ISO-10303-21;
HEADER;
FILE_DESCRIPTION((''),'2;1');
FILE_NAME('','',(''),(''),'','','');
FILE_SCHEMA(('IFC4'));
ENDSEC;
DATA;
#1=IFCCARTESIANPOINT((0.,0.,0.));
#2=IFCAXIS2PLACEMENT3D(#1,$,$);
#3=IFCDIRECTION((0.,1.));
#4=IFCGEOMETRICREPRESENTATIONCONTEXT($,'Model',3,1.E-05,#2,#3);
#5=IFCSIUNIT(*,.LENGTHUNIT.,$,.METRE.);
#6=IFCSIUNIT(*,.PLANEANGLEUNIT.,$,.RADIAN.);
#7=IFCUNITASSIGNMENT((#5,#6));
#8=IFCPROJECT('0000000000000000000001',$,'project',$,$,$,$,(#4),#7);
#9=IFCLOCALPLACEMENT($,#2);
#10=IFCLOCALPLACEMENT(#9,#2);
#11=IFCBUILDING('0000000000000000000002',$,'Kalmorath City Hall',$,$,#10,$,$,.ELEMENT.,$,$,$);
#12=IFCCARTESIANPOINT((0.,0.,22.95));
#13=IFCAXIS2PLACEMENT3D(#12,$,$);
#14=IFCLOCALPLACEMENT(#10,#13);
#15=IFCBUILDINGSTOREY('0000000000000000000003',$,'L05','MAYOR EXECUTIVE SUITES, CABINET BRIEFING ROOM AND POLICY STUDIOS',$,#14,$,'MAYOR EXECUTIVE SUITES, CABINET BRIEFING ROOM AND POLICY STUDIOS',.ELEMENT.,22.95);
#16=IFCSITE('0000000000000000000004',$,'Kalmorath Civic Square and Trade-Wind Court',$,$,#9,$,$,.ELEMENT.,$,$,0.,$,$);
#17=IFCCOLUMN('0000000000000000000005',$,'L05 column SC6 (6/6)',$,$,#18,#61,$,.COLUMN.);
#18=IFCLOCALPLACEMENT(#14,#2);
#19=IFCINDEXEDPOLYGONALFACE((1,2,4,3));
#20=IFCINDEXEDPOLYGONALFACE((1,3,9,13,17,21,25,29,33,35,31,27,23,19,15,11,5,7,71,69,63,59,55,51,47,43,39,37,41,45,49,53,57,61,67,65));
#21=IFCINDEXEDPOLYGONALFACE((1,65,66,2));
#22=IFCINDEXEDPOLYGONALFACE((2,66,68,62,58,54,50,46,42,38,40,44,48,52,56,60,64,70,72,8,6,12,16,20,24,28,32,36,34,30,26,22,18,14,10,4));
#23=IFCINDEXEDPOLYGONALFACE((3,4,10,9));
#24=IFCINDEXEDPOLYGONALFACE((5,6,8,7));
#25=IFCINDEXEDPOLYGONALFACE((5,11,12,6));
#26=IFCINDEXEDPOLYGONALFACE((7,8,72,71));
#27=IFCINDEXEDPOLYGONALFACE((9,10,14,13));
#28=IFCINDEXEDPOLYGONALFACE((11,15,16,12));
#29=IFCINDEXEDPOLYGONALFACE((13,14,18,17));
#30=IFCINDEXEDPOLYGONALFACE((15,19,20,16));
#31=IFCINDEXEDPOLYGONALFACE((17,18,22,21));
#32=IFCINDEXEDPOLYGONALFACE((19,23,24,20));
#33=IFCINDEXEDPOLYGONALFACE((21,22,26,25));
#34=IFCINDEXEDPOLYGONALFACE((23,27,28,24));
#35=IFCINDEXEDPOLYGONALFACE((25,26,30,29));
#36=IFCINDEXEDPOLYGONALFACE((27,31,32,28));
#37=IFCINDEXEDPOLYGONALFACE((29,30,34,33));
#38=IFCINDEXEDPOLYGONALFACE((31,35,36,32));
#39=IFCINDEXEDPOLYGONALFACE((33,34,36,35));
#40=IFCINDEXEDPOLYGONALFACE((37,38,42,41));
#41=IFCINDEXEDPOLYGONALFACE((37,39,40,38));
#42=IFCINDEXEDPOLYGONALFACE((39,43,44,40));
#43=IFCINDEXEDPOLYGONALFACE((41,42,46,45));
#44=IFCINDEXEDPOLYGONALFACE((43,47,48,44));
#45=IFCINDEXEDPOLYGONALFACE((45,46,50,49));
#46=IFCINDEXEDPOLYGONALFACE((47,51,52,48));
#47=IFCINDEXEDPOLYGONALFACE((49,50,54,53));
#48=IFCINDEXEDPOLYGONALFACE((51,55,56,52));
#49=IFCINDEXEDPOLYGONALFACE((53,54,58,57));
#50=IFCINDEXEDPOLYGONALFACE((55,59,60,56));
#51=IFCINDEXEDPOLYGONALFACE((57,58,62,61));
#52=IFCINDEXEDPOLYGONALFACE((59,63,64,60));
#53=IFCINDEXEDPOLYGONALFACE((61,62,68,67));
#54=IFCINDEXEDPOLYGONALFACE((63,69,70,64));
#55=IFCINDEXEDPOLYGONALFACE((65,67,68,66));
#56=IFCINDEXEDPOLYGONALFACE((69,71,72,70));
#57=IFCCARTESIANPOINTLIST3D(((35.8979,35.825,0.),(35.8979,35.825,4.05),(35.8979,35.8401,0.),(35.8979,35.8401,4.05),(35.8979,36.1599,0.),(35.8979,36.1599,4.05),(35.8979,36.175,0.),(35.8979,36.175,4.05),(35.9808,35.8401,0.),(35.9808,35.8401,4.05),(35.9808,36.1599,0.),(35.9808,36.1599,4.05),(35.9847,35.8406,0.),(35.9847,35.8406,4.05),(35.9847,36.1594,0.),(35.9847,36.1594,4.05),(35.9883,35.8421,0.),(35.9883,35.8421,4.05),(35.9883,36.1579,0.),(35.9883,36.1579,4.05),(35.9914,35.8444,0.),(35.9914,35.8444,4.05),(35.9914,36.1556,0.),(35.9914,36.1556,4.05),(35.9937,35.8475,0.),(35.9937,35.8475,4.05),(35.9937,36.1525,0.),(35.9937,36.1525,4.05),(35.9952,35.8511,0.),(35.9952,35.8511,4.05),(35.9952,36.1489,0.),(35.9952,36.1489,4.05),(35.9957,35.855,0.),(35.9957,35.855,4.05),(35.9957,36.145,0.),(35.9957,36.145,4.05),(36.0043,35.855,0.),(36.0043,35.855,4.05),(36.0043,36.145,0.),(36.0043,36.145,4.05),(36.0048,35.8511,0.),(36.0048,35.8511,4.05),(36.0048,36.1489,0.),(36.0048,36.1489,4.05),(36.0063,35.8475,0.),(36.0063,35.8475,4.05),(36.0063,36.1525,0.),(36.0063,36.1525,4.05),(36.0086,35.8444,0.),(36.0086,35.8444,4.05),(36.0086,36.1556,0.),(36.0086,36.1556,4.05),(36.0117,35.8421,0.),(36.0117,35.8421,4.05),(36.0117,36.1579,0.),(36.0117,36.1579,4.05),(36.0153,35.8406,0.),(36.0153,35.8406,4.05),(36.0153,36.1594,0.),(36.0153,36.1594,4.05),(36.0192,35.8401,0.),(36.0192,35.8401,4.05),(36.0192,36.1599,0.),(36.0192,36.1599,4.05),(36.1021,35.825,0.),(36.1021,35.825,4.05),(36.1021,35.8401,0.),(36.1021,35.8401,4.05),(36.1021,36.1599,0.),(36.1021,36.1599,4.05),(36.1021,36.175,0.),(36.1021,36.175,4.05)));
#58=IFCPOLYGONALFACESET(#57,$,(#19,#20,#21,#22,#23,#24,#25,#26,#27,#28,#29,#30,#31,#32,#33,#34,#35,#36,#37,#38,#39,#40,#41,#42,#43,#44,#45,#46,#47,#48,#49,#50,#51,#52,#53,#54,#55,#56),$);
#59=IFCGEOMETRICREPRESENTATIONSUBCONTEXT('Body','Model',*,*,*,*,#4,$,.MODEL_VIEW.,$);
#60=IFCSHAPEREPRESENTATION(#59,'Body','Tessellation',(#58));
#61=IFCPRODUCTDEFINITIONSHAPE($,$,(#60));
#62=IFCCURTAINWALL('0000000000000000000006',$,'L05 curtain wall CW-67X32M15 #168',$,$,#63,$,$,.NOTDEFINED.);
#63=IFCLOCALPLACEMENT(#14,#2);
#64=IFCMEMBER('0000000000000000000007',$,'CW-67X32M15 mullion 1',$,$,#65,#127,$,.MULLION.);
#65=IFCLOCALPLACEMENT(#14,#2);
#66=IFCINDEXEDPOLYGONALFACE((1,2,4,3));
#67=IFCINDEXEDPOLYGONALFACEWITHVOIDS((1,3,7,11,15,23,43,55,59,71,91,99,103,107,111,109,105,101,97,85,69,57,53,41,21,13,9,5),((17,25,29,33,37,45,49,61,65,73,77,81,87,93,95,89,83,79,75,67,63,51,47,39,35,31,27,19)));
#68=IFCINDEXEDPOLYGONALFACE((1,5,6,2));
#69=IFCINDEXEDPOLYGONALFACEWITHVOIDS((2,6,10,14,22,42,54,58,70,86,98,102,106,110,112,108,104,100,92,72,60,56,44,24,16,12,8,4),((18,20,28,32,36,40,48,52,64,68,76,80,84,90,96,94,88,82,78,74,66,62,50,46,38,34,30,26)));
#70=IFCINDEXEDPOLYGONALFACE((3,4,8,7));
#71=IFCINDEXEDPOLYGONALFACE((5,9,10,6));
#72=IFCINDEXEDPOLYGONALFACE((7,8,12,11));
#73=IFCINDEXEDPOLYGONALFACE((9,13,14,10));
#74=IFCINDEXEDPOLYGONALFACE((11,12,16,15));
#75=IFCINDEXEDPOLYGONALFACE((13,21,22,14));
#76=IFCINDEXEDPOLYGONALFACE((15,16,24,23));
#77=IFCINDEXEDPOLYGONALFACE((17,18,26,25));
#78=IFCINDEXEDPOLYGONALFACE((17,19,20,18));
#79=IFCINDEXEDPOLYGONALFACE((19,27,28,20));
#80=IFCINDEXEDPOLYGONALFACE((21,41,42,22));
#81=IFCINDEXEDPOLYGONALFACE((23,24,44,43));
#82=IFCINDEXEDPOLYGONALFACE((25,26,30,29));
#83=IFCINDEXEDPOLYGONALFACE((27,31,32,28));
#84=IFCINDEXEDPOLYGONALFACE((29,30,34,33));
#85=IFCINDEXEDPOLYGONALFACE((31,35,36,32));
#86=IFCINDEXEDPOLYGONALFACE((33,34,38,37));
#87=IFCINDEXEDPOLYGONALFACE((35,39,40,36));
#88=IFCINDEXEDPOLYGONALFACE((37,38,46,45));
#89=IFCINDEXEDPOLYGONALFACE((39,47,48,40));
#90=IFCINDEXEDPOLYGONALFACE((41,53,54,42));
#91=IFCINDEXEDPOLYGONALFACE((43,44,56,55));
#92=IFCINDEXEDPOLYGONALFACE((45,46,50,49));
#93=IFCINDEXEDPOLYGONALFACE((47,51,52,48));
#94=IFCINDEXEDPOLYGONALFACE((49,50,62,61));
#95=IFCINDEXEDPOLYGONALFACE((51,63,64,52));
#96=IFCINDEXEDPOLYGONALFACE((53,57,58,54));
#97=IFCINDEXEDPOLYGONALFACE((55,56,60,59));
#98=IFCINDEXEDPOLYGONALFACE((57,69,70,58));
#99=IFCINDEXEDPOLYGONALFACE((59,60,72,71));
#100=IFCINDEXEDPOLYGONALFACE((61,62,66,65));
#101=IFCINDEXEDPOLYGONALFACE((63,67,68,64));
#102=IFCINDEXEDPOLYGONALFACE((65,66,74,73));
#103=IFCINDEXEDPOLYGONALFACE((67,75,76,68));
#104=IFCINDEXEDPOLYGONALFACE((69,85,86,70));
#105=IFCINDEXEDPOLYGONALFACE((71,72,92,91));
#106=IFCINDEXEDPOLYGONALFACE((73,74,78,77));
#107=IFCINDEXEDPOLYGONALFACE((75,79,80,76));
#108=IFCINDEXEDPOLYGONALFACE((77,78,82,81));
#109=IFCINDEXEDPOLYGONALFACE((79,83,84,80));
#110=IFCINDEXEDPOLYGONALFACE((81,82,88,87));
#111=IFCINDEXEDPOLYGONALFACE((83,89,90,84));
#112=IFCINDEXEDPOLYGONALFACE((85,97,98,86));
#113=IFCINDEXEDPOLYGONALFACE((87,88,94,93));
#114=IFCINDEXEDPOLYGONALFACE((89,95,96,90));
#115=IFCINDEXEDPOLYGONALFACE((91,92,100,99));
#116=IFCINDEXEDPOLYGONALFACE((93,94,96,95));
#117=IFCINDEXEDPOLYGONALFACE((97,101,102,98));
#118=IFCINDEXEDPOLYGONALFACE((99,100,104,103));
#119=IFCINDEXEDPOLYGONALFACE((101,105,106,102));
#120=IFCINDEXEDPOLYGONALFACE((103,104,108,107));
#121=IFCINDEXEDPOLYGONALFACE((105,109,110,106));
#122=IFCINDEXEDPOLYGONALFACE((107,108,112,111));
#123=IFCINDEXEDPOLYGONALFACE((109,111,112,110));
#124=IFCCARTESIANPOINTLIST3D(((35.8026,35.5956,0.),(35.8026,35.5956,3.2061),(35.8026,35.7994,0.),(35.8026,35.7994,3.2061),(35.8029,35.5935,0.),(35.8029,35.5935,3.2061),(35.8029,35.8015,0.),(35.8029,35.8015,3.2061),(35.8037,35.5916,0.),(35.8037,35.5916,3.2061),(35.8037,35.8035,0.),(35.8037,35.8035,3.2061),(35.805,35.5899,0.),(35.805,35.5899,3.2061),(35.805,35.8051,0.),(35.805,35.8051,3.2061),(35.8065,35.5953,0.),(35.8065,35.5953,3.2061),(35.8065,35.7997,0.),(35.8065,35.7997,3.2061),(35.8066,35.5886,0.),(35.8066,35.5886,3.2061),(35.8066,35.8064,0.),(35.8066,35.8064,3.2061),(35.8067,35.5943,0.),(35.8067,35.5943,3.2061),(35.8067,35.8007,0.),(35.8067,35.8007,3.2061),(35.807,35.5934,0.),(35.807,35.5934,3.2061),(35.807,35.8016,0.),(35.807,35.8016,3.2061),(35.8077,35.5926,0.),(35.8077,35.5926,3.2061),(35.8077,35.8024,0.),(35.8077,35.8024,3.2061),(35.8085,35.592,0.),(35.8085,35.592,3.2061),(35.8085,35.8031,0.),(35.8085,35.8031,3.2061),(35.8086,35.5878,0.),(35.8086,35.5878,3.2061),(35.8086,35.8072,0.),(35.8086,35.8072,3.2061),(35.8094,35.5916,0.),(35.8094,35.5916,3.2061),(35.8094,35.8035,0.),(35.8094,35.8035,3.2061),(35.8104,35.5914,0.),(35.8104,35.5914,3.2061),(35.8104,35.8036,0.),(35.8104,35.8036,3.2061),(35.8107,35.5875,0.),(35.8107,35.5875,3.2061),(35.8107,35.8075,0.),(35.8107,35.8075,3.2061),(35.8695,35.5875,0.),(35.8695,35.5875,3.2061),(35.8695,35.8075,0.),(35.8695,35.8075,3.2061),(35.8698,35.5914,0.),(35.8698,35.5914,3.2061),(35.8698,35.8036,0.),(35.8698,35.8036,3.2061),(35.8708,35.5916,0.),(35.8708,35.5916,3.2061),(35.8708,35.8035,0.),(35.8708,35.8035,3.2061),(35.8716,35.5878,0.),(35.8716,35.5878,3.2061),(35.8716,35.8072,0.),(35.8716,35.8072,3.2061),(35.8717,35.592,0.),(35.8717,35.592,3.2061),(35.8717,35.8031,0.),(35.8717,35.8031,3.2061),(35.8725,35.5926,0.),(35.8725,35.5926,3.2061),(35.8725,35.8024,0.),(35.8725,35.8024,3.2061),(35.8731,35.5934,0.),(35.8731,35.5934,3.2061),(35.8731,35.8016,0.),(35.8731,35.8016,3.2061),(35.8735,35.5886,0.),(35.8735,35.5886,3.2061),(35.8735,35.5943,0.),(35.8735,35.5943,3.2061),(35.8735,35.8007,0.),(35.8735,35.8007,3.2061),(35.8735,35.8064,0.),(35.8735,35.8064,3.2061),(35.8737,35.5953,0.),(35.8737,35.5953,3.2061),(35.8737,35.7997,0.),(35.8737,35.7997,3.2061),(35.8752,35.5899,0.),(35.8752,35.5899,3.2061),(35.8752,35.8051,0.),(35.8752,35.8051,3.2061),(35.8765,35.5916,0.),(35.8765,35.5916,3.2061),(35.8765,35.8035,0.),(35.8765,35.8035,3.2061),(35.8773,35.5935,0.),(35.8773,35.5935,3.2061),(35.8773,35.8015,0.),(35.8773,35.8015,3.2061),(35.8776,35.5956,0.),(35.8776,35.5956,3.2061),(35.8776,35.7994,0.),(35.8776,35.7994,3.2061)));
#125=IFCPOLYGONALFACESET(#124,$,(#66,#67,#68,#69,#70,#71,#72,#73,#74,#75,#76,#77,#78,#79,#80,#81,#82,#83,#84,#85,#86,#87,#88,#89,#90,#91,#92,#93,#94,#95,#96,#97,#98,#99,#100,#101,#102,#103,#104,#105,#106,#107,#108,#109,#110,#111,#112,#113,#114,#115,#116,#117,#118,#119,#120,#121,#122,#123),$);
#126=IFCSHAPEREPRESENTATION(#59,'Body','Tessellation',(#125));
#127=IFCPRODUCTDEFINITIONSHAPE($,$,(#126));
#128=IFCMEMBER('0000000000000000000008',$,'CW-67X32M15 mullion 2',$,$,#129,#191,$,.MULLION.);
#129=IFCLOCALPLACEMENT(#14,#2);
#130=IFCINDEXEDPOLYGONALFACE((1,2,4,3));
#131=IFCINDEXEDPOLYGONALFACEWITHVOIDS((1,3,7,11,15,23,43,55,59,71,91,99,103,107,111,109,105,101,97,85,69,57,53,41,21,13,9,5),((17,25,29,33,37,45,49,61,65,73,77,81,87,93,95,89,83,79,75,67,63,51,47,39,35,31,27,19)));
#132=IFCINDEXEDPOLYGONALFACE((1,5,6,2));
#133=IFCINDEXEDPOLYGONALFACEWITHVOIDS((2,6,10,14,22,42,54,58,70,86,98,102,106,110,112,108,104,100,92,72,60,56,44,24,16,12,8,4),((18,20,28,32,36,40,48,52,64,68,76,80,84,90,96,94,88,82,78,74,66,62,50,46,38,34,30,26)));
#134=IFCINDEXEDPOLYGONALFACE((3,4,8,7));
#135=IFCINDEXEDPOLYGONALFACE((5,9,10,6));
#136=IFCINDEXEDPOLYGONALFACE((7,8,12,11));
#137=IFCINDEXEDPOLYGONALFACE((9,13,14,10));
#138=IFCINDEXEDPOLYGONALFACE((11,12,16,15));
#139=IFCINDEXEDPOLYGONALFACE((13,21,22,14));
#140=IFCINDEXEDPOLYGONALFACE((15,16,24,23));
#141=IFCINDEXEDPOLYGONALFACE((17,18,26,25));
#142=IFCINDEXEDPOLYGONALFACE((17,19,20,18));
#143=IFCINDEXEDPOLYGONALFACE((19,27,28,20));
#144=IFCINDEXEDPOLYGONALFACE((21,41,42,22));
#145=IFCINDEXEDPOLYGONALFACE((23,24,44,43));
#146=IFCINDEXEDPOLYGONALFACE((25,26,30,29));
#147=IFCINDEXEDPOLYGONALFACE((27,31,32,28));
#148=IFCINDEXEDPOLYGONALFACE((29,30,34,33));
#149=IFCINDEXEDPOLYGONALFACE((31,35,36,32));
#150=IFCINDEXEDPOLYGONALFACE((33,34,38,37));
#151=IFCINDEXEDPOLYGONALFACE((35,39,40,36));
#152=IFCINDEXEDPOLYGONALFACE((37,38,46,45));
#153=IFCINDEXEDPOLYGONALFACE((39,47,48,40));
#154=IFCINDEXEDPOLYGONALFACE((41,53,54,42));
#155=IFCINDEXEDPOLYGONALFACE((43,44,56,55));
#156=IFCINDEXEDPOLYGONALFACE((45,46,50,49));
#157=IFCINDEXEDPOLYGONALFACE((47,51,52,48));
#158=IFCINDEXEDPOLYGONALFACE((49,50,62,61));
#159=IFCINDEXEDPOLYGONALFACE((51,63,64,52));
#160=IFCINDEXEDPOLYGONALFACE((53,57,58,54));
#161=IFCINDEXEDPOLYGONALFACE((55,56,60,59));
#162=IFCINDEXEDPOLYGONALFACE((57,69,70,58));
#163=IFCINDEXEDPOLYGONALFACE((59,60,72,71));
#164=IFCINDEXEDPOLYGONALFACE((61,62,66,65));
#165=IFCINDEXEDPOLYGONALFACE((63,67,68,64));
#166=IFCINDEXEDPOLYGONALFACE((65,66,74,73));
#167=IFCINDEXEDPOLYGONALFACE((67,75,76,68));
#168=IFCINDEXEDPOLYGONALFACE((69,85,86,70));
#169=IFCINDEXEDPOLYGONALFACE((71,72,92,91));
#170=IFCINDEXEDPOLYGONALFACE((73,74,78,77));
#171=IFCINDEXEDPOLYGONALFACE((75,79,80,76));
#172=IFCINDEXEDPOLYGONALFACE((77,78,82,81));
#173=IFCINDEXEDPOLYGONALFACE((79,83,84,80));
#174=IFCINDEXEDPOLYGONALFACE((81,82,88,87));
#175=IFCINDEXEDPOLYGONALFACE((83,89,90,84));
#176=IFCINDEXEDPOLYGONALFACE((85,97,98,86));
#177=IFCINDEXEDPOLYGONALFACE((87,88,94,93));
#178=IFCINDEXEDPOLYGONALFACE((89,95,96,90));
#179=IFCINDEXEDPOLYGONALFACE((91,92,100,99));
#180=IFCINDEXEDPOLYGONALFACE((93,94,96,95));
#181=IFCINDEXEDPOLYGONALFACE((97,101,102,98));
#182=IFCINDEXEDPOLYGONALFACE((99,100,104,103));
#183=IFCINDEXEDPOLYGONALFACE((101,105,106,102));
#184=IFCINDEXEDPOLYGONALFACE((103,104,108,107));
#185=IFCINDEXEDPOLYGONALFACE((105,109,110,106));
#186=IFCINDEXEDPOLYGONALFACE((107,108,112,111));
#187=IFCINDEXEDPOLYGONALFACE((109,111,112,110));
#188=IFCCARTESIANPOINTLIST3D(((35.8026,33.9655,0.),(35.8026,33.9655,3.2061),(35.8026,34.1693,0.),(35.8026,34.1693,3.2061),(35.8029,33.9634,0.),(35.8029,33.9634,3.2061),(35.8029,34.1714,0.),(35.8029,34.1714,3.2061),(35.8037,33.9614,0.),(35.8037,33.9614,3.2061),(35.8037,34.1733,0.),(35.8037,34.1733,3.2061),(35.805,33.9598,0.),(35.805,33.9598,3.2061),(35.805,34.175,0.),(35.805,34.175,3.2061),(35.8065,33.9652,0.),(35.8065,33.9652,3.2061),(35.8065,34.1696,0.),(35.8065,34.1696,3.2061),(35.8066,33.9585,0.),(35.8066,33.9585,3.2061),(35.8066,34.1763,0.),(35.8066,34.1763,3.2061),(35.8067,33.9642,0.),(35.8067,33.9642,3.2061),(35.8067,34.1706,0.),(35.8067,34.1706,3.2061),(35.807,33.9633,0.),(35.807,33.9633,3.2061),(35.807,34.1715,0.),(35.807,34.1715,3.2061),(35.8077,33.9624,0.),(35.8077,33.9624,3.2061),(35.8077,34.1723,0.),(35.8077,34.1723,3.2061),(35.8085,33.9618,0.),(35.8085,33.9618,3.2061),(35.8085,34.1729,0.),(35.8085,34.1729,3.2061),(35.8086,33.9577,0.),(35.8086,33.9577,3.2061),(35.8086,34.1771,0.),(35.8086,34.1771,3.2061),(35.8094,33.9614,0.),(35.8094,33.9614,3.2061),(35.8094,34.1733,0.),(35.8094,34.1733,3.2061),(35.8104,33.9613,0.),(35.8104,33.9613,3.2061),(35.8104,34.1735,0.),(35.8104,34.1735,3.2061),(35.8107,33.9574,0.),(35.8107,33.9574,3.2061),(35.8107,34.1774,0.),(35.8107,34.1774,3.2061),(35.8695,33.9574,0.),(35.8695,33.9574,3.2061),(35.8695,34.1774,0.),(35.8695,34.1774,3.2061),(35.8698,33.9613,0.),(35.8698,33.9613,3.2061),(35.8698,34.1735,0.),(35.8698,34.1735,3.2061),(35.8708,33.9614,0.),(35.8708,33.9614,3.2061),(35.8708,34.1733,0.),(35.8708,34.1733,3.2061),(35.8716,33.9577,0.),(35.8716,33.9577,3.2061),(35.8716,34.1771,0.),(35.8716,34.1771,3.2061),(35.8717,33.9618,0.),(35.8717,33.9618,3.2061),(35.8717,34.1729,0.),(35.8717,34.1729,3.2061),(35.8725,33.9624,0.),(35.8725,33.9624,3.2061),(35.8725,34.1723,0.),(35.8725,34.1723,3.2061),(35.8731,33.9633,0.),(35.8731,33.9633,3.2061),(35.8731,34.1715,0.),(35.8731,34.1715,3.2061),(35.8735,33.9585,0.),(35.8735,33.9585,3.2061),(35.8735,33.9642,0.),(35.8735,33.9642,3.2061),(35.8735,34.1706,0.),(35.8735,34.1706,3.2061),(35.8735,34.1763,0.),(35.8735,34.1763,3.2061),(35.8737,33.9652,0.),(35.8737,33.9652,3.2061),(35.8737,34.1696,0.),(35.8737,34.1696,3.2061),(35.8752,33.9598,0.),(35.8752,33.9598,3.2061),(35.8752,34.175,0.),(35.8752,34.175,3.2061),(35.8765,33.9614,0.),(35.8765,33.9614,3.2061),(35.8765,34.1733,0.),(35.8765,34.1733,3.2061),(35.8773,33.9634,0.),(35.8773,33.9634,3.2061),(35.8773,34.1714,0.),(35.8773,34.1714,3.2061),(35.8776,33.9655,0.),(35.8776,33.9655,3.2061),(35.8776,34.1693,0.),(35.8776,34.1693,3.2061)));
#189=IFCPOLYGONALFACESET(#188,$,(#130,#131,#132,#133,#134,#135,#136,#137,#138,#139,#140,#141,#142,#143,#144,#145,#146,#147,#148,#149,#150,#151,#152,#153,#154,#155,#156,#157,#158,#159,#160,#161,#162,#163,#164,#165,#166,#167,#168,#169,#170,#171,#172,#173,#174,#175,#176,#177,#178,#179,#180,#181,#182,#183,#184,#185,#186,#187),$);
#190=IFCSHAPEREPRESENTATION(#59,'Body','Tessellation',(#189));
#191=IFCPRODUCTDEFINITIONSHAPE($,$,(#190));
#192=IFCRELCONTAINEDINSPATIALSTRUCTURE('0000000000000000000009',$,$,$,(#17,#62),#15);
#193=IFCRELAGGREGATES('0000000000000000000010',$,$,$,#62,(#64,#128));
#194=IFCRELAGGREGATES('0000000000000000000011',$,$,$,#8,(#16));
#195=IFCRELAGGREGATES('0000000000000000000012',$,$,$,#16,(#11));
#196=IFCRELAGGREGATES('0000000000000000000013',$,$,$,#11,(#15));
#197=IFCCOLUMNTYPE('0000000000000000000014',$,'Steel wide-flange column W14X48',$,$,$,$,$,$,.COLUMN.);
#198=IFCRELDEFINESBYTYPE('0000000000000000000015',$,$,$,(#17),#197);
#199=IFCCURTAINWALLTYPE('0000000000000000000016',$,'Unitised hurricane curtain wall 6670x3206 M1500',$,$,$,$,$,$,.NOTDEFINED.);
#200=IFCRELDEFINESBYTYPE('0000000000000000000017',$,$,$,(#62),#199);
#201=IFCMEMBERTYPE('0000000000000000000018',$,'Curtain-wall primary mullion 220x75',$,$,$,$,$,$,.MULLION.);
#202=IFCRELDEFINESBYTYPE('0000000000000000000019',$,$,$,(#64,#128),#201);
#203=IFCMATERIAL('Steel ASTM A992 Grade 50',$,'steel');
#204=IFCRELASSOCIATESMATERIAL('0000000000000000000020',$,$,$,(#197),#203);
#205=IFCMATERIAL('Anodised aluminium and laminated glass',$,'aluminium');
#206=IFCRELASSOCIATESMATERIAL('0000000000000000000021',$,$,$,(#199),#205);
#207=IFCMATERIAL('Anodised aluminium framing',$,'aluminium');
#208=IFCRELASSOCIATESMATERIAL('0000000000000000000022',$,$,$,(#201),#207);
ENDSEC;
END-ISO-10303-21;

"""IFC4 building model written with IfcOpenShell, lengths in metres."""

from ifc_helpers import new_model, si_unit, direction, frame, origin, origin_2d, place, context, subcontext, project, spatial, hollow_rectangle, i_section, extrude, material, material_profile, profile_set, type_object, element, aggregate, save


model = new_model("IFC4")

# Units and contexts
model_context = context("Model", 3, precision=1e-05, world=origin(), true_north=direction((0.0, 1.0)))
body_context = subcontext(model_context, "Body", "Model", "MODEL_VIEW")
ifc_project = project(units=[si_unit("LENGTHUNIT", "METRE"), si_unit("PLANEANGLEUNIT", "RADIAN")], contexts=[model_context])

# Site, building, storey
site_placement = place(None, origin())
site = spatial("IfcSite", under=ifc_project, at=site_placement, Name="Kalmorath Civic Square and Trade-Wind Court", CompositionType="ELEMENT", RefElevation=0.0)
building_placement = place(site_placement, origin())
building = spatial("IfcBuilding", under=site, at=building_placement, Name="Kalmorath City Hall", CompositionType="ELEMENT")
storey_placement = place(building_placement, frame((0.0, 0.0, 22.95)))
storey = spatial("IfcBuildingStorey", under=building, at=storey_placement, Name="L05", Description="MAYOR EXECUTIVE SUITES, CABINET BRIEFING ROOM AND POLICY STUDIOS", LongName="MAYOR EXECUTIVE SUITES, CABINET BRIEFING ROOM AND POLICY STUDIOS", CompositionType="ELEMENT", Elevation=22.95)

# Column
ifc_material_1 = material(Name="Steel ASTM A992 Grade 50", Category="steel")
ifc_material_profile_1 = material_profile(ifc_material_1, i_section(OverallWidth=0.2041, OverallDepth=0.3501, WebThickness=0.0085, FlangeThickness=0.0151, FilletRadius=0.0149, at=origin_2d()), Name="W14X48")
ifc_profile_set_1 = profile_set([ifc_material_profile_1], Name="Steel ASTM A992 Grade 50")
column_type = type_object("IfcColumnType", Name="Steel wide-flange column W14X48", PredefinedType="COLUMN", material=ifc_profile_set_1)
column_placement = place(storey_placement, frame((36.0, 36.0, 0.0), z_axis=(0.0, 0.0, 1.0), x_axis=(1.0, 0.0, 0.0)))
element("IfcColumn", 1, at=column_placement, inside=storey, type_object=column_type, Name="L05 column SC6 (6/6)", PredefinedType="COLUMN", context=body_context, shape_type="SweptSolid", body=[
    extrude(i_section(OverallWidth=0.2041, OverallDepth=0.3501, WebThickness=0.0085, FlangeThickness=0.0151, FilletRadius=0.0149, at=origin_2d()), origin(), (0.0, 0.0, 1.0), 4.05),
])

# Curtain wall, members
ifc_material_2 = material(Name="Anodised aluminium and laminated glass", Category="aluminium")
curtain_wall_type = type_object("IfcCurtainWallType", Name="Unitised hurricane curtain wall 6670x3206 M1500", PredefinedType="NOTDEFINED", material=ifc_material_2)
curtain_wall_placement = place(storey_placement, origin())
curtain_wall = element("IfcCurtainWall", 2, at=curtain_wall_placement, inside=storey, type_object=curtain_wall_type, Name="L05 curtain wall CW-67X32M15 #168", PredefinedType="NOTDEFINED")
ifc_material_3 = material(Name="Anodised aluminium framing", Category="aluminium")
ifc_material_profile_2 = material_profile(ifc_material_3, hollow_rectangle(XDim=0.075, YDim=0.22, WallThickness=0.0039, InnerFilletRadius=0.0039, OuterFilletRadius=0.0081, at=origin_2d()), Name="ALU-MUL-220X75X4")
ifc_profile_set_2 = profile_set([ifc_material_profile_2], Name="Anodised aluminium framing")
member_type_1 = type_object("IfcMemberType", Name="Curtain-wall primary mullion 220x75", PredefinedType="MULLION", material=ifc_profile_set_2)
member_1_placement = place(storey_placement, frame((35.8401, 35.6975, 0.0), z_axis=(0.0, 0.0, 1.0), x_axis=(1.0, 0.0, 0.0)))
member_1 = element("IfcMember", 3, at=member_1_placement, type_object=member_type_1, Name="CW-67X32M15 mullion 1", PredefinedType="MULLION", context=body_context, shape_type="SweptSolid", body=[
    extrude(hollow_rectangle(XDim=0.075, YDim=0.22, WallThickness=0.0039, InnerFilletRadius=0.0039, OuterFilletRadius=0.0081, at=origin_2d()), origin(), (0.0, 0.0, 1.0), 3.2061),
])
member_2_placement = place(storey_placement, frame((35.8401, 34.0674, 0.0), z_axis=(0.0, 0.0, 1.0), x_axis=(1.0, 0.0, 0.0)))
member_2 = element("IfcMember", 4, at=member_2_placement, type_object=member_type_1, Name="CW-67X32M15 mullion 2", PredefinedType="MULLION", context=body_context, shape_type="SweptSolid", body=[
    extrude(hollow_rectangle(XDim=0.075, YDim=0.22, WallThickness=0.0039, InnerFilletRadius=0.0039, OuterFilletRadius=0.0081, at=origin_2d()), origin(), (0.0, 0.0, 1.0), 3.2061),
])
aggregate(curtain_wall, [member_1, member_2])

save(model, "model.ifc")
